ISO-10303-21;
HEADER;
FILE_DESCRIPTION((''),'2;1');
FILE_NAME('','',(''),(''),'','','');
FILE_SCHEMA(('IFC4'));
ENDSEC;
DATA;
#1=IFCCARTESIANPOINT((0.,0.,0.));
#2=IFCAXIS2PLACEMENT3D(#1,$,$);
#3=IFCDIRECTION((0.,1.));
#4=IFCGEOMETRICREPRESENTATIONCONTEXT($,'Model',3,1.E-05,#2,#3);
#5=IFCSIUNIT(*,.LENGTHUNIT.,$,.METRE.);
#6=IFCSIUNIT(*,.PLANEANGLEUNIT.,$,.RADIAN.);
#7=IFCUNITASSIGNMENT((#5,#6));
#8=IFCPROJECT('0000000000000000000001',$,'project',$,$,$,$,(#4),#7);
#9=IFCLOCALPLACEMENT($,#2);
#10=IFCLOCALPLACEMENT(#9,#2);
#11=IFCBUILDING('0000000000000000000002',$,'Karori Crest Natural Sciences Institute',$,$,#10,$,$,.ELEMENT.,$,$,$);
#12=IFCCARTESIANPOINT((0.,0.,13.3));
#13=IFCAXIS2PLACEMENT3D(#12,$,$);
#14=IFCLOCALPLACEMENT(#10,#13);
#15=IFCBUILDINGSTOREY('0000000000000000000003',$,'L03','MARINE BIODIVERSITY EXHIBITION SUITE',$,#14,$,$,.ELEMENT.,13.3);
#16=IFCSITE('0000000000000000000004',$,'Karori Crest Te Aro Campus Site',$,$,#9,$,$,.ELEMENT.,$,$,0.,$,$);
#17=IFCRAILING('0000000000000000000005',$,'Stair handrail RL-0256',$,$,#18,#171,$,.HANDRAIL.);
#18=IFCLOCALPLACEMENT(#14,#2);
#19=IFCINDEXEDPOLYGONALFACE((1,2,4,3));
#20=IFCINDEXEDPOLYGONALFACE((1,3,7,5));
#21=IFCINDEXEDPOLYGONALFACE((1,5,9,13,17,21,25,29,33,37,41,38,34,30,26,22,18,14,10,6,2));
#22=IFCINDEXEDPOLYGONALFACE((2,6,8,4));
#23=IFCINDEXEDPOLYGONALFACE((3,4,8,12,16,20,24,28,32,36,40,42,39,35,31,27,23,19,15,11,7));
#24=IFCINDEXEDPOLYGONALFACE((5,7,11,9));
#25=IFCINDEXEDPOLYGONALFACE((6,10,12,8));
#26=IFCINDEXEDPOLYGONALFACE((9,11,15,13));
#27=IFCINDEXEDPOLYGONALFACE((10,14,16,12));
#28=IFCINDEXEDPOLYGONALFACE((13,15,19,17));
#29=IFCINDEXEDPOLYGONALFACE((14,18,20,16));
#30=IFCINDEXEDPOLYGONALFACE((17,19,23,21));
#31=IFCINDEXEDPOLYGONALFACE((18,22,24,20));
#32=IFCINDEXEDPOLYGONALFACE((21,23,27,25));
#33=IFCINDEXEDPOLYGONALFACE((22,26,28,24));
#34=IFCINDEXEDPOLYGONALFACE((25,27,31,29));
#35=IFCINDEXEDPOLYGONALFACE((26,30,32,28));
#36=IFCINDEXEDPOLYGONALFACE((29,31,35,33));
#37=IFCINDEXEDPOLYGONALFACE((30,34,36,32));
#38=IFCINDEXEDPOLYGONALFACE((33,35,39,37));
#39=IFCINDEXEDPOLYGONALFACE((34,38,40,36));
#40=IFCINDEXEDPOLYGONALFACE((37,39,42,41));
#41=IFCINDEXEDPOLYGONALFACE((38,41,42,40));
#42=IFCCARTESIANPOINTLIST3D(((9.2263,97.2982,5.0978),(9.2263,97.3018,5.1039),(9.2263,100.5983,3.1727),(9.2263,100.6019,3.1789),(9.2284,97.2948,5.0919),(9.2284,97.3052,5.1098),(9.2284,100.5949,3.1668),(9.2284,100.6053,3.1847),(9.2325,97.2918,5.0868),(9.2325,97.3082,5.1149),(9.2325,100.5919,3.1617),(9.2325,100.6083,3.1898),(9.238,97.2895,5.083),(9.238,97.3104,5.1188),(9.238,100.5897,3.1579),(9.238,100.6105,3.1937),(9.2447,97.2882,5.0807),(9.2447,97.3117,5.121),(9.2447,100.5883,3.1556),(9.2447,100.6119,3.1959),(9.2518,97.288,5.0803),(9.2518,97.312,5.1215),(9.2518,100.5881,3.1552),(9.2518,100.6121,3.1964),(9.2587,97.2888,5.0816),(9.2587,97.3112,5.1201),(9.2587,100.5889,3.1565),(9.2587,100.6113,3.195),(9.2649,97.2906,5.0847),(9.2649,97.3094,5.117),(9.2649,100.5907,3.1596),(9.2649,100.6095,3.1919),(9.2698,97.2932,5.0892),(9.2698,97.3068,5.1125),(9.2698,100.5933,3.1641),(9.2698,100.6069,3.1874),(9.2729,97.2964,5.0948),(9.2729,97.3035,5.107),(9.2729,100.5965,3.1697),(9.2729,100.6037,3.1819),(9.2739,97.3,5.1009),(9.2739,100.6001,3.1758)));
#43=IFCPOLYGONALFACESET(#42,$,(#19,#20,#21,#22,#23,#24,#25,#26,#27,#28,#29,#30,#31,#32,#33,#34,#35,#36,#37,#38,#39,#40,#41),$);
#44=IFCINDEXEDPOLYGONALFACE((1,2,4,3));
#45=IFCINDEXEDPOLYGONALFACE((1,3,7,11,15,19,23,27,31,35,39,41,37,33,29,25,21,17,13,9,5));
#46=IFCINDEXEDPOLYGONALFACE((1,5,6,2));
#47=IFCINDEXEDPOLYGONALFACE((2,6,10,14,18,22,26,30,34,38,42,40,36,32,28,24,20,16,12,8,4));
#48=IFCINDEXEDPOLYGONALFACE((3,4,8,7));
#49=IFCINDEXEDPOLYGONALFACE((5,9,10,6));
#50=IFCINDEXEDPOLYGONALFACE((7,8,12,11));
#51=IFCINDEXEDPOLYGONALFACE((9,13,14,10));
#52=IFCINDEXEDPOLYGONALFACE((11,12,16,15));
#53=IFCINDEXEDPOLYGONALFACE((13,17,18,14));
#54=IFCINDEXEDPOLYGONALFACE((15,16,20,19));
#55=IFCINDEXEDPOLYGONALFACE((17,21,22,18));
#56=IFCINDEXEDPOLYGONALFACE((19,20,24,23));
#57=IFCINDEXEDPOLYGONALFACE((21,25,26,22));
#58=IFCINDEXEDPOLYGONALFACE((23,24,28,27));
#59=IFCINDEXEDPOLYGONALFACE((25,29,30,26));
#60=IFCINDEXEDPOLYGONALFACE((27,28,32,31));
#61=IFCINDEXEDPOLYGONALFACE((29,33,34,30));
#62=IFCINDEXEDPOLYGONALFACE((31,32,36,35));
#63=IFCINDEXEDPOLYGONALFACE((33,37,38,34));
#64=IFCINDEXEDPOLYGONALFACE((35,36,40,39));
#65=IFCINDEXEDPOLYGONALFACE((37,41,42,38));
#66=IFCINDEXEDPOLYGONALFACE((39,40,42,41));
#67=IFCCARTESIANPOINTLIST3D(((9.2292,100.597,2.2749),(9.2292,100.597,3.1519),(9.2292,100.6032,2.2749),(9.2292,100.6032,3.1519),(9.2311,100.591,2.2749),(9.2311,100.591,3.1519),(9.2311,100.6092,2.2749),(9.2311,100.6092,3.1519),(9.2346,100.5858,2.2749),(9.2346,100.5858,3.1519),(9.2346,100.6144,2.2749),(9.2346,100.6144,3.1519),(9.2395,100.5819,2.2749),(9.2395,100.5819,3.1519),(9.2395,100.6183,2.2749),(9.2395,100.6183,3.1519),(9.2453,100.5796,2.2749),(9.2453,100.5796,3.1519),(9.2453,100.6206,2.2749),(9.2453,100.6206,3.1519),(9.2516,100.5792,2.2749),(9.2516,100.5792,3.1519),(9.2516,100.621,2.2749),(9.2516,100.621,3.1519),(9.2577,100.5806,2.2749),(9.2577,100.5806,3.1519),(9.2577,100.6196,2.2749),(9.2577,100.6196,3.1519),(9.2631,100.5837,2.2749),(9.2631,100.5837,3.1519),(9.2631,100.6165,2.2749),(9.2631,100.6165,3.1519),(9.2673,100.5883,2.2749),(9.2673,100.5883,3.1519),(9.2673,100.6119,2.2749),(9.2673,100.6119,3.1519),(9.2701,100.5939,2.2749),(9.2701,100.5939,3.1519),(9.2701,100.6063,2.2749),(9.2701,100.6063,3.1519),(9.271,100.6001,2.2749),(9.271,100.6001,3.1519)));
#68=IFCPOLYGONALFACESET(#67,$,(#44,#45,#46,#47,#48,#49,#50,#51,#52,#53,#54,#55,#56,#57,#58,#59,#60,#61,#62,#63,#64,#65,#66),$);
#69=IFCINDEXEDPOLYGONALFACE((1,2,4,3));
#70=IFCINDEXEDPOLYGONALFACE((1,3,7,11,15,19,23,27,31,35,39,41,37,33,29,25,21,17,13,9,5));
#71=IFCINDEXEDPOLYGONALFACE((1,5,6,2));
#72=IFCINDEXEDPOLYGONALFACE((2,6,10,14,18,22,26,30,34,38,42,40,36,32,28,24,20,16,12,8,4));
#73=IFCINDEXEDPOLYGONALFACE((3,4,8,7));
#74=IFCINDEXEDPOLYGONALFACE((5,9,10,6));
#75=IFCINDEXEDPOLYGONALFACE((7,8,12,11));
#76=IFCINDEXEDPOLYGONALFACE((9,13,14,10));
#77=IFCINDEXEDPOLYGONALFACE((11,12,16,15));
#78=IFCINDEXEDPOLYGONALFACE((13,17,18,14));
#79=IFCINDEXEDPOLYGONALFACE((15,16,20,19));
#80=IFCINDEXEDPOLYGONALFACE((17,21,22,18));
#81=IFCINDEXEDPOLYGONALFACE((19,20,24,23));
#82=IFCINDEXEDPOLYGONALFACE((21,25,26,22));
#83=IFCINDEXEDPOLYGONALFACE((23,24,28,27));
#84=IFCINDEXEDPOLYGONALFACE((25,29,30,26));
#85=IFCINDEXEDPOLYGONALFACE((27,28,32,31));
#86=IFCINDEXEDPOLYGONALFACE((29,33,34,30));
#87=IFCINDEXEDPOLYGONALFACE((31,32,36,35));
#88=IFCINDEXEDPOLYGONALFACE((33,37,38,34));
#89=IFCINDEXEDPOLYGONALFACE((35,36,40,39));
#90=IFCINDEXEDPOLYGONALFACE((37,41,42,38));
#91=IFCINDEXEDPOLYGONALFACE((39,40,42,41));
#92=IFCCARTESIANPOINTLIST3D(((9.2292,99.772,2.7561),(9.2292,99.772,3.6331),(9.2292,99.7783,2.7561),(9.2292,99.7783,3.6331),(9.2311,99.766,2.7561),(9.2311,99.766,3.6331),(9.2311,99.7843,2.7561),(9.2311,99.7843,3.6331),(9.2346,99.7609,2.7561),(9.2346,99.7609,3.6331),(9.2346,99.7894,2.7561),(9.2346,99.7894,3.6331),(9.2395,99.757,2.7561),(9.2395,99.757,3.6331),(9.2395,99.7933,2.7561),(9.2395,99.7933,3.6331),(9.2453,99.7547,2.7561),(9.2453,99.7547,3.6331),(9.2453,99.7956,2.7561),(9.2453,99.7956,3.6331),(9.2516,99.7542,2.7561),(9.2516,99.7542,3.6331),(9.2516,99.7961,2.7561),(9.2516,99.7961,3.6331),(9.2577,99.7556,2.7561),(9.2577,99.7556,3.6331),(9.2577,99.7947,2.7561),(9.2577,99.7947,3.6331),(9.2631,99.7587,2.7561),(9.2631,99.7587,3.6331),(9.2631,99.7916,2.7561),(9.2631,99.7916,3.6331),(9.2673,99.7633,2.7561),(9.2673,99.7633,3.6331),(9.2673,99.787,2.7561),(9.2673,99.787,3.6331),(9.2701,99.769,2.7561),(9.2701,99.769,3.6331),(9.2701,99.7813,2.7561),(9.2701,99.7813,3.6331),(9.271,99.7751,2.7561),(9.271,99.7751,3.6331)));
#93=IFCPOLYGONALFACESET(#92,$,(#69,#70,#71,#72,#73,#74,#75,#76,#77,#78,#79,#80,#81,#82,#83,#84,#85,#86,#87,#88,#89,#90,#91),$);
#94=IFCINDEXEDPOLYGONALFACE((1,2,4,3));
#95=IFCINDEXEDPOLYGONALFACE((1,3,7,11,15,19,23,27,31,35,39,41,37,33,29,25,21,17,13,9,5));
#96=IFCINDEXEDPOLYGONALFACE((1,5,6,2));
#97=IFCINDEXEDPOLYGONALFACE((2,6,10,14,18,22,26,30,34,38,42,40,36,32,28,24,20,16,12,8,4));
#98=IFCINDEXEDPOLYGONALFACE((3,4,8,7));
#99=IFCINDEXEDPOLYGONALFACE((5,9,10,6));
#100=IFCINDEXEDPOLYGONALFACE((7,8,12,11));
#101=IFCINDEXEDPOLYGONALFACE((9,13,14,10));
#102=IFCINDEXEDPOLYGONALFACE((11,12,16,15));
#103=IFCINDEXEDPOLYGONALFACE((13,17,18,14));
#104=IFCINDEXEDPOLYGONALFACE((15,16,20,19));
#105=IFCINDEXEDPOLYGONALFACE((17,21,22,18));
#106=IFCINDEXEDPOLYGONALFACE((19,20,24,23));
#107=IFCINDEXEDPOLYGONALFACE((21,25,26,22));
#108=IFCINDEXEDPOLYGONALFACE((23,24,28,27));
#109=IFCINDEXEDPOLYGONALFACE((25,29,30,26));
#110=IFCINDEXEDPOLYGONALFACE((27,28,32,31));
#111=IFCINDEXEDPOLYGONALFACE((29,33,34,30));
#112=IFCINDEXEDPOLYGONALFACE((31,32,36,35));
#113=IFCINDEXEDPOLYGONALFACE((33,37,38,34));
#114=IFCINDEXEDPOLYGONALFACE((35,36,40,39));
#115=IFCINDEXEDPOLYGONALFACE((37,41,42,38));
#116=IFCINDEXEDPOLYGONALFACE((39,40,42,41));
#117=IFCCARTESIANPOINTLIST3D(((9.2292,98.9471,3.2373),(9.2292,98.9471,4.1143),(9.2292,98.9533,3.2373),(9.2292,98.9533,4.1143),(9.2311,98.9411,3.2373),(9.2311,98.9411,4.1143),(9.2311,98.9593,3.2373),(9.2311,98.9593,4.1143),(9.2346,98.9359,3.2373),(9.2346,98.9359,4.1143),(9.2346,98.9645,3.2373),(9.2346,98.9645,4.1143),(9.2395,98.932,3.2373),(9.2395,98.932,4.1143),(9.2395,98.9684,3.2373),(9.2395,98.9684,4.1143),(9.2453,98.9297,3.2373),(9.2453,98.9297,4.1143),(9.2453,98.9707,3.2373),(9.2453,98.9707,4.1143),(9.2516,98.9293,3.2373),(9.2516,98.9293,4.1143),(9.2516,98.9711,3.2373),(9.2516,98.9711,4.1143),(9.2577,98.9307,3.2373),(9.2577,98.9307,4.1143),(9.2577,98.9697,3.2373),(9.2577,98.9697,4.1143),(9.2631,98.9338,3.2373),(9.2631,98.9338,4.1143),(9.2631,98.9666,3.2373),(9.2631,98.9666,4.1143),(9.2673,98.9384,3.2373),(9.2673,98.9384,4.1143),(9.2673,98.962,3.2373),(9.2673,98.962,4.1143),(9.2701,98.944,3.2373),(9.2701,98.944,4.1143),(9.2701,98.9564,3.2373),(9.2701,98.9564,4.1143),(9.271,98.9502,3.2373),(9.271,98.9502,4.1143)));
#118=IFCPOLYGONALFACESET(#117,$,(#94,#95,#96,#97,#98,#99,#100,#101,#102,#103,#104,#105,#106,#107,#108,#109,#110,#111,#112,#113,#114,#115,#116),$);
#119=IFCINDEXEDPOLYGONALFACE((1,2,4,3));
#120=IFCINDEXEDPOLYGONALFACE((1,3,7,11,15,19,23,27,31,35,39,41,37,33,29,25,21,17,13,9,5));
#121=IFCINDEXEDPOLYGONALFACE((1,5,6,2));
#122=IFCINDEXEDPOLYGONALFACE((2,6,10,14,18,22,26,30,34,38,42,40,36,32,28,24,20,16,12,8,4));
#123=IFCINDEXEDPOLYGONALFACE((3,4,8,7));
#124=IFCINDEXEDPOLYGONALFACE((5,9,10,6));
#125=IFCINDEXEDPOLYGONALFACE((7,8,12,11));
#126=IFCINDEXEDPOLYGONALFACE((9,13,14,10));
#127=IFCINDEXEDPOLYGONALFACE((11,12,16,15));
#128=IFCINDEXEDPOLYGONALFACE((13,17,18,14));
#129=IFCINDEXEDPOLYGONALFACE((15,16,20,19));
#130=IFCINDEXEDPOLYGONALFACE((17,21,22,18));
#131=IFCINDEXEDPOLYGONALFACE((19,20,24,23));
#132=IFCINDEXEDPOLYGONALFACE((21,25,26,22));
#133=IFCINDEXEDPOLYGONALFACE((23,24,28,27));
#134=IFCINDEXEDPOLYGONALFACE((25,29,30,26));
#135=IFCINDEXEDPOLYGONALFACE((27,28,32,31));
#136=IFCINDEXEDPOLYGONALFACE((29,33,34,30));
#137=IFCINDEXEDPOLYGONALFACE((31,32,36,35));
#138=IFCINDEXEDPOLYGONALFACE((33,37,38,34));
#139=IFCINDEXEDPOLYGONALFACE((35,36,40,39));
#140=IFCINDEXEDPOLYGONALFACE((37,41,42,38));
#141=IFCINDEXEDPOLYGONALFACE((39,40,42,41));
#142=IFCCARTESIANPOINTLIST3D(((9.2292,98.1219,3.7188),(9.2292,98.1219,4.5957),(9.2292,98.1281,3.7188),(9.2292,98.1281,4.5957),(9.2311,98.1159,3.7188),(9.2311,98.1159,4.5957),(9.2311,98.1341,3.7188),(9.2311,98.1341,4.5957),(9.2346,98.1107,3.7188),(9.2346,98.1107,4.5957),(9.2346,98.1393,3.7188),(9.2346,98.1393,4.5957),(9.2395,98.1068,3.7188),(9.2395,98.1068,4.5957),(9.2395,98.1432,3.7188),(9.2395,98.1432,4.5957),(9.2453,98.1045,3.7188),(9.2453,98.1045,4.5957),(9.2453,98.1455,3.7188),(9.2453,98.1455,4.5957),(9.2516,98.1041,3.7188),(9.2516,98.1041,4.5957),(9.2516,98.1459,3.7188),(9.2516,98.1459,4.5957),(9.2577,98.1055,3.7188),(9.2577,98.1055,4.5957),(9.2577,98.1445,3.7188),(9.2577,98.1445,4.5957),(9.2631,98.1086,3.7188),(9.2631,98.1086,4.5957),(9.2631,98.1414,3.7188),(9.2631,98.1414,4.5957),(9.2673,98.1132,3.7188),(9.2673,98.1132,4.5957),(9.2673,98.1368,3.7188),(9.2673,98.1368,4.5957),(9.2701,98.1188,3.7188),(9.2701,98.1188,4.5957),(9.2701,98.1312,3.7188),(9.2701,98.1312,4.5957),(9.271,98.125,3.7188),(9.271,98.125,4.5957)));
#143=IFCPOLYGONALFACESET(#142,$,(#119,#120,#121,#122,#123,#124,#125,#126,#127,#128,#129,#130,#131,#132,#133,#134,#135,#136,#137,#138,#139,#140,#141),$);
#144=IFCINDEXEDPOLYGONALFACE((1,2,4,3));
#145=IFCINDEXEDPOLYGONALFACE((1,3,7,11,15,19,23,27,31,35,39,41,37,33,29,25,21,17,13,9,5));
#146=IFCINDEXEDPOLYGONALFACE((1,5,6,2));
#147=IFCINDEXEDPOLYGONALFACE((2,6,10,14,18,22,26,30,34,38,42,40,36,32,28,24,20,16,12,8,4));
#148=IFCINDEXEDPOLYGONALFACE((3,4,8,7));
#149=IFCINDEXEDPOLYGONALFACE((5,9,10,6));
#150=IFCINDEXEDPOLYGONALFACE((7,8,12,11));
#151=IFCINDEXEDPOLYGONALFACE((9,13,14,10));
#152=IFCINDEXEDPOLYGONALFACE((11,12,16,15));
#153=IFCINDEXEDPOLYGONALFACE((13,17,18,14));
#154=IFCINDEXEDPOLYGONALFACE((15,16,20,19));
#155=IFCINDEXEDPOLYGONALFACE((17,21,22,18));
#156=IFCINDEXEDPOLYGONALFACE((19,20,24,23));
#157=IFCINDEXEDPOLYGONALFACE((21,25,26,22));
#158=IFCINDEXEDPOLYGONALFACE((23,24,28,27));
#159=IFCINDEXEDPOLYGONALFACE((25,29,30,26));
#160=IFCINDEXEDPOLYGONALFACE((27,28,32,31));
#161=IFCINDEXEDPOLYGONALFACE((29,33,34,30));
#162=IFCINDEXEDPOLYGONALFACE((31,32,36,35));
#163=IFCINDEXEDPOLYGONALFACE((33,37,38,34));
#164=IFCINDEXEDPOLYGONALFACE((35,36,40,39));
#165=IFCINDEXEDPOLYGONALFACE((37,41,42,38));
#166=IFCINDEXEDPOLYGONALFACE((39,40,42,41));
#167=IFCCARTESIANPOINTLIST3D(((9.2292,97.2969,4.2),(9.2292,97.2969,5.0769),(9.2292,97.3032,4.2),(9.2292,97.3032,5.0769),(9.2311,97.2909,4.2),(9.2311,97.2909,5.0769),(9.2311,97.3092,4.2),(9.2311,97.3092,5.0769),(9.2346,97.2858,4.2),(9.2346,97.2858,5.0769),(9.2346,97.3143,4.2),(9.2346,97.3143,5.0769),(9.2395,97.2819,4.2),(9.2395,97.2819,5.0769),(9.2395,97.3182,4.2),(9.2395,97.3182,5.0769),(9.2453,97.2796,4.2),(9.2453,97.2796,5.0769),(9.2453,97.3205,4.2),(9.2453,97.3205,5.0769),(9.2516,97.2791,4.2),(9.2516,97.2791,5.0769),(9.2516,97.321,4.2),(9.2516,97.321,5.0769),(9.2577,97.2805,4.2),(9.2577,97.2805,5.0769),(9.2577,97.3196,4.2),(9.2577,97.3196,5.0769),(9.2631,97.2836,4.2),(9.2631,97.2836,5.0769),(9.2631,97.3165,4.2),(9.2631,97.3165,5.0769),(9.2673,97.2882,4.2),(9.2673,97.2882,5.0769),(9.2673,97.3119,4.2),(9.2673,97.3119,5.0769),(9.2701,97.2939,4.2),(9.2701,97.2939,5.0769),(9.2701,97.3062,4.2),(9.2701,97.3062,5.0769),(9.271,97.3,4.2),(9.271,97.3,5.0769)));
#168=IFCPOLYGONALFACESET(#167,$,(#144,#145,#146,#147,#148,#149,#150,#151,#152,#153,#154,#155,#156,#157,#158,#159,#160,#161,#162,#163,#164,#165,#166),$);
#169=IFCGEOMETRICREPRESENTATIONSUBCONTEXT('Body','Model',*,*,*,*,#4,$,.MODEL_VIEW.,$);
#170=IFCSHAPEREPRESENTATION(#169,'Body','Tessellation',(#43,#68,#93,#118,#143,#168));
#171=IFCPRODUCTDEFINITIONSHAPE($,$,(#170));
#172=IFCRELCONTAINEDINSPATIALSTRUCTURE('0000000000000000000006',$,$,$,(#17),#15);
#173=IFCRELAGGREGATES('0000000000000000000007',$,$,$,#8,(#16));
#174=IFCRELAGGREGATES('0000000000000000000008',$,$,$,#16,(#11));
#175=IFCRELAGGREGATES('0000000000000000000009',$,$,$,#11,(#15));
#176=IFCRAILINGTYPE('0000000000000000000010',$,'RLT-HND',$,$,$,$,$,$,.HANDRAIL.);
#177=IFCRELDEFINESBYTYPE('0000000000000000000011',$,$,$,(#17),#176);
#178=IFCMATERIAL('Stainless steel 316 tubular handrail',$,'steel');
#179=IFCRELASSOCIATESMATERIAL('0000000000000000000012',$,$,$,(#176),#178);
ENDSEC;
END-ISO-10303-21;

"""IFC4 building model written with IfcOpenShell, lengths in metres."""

from ifc_helpers import new_model, si_unit, direction, frame, origin, origin_2d, place, context, subcontext, project, spatial, circle, extrude, material, type_object, element, save


model = new_model("IFC4")

# Units and contexts
model_context = context("Model", 3, precision=1e-05, world=origin(), true_north=direction((0.0, 1.0)))
body_context = subcontext(model_context, "Body", "Model", "MODEL_VIEW")
ifc_project = project(units=[si_unit("LENGTHUNIT", "METRE"), si_unit("PLANEANGLEUNIT", "RADIAN")], contexts=[model_context])

# Site, building, storey
site_placement = place(None, origin())
site = spatial("IfcSite", under=ifc_project, at=site_placement, Name="Karori Crest Te Aro Campus Site", CompositionType="ELEMENT", RefElevation=0.0)
building_placement = place(site_placement, origin())
building = spatial("IfcBuilding", under=site, at=building_placement, Name="Karori Crest Natural Sciences Institute", CompositionType="ELEMENT")
storey_placement = place(building_placement, frame((0.0, 0.0, 13.3)))
storey = spatial("IfcBuildingStorey", under=building, at=storey_placement, Name="L03", Description="MARINE BIODIVERSITY EXHIBITION SUITE", CompositionType="ELEMENT", Elevation=13.3)

# Railing
ifc_material_1 = material(Name="Stainless steel 316 tubular handrail", Category="steel")
railing_type_1 = type_object("IfcRailingType", Name="RLT-HND", PredefinedType="HANDRAIL", material=ifc_material_1)
railing_1_placement = place(storey_placement, frame((9.25, 100.6001, 2.2749)))
element("IfcRailing", 1, at=railing_1_placement, inside=storey, type_object=railing_type_1, Name="Stair handrail RL-0256", PredefinedType="HANDRAIL", context=body_context, shape_type="SweptSolid", body=[
    extrude(circle(Radius=0.0239, at=origin_2d()), frame((0.0, 0.0, 0.9009), z_axis=(0.0, -0.863777, 0.503875), x_axis=(1.0, 0.0, 0.0)), (0.0, 0.0, 1.0), 3.8206),
    extrude(circle(Radius=0.021, at=origin_2d()), origin(), (0.0, 0.0, 1.0), 0.877),
    extrude(circle(Radius=0.021, at=origin_2d()), frame((0.0, -0.825, 0.4812)), (0.0, 0.0, 1.0), 0.877),
    extrude(circle(Radius=0.021, at=origin_2d()), frame((0.0, -1.6499, 0.9624)), (0.0, 0.0, 1.0), 0.877),
    extrude(circle(Radius=0.021, at=origin_2d()), frame((0.0, -2.4751, 1.4438)), (0.0, 0.0, 1.0), 0.877),
    extrude(circle(Radius=0.021, at=origin_2d()), frame((0.0, -3.3, 1.925)), (0.0, 0.0, 1.0), 0.877),
])

save(model, "model.ifc")
